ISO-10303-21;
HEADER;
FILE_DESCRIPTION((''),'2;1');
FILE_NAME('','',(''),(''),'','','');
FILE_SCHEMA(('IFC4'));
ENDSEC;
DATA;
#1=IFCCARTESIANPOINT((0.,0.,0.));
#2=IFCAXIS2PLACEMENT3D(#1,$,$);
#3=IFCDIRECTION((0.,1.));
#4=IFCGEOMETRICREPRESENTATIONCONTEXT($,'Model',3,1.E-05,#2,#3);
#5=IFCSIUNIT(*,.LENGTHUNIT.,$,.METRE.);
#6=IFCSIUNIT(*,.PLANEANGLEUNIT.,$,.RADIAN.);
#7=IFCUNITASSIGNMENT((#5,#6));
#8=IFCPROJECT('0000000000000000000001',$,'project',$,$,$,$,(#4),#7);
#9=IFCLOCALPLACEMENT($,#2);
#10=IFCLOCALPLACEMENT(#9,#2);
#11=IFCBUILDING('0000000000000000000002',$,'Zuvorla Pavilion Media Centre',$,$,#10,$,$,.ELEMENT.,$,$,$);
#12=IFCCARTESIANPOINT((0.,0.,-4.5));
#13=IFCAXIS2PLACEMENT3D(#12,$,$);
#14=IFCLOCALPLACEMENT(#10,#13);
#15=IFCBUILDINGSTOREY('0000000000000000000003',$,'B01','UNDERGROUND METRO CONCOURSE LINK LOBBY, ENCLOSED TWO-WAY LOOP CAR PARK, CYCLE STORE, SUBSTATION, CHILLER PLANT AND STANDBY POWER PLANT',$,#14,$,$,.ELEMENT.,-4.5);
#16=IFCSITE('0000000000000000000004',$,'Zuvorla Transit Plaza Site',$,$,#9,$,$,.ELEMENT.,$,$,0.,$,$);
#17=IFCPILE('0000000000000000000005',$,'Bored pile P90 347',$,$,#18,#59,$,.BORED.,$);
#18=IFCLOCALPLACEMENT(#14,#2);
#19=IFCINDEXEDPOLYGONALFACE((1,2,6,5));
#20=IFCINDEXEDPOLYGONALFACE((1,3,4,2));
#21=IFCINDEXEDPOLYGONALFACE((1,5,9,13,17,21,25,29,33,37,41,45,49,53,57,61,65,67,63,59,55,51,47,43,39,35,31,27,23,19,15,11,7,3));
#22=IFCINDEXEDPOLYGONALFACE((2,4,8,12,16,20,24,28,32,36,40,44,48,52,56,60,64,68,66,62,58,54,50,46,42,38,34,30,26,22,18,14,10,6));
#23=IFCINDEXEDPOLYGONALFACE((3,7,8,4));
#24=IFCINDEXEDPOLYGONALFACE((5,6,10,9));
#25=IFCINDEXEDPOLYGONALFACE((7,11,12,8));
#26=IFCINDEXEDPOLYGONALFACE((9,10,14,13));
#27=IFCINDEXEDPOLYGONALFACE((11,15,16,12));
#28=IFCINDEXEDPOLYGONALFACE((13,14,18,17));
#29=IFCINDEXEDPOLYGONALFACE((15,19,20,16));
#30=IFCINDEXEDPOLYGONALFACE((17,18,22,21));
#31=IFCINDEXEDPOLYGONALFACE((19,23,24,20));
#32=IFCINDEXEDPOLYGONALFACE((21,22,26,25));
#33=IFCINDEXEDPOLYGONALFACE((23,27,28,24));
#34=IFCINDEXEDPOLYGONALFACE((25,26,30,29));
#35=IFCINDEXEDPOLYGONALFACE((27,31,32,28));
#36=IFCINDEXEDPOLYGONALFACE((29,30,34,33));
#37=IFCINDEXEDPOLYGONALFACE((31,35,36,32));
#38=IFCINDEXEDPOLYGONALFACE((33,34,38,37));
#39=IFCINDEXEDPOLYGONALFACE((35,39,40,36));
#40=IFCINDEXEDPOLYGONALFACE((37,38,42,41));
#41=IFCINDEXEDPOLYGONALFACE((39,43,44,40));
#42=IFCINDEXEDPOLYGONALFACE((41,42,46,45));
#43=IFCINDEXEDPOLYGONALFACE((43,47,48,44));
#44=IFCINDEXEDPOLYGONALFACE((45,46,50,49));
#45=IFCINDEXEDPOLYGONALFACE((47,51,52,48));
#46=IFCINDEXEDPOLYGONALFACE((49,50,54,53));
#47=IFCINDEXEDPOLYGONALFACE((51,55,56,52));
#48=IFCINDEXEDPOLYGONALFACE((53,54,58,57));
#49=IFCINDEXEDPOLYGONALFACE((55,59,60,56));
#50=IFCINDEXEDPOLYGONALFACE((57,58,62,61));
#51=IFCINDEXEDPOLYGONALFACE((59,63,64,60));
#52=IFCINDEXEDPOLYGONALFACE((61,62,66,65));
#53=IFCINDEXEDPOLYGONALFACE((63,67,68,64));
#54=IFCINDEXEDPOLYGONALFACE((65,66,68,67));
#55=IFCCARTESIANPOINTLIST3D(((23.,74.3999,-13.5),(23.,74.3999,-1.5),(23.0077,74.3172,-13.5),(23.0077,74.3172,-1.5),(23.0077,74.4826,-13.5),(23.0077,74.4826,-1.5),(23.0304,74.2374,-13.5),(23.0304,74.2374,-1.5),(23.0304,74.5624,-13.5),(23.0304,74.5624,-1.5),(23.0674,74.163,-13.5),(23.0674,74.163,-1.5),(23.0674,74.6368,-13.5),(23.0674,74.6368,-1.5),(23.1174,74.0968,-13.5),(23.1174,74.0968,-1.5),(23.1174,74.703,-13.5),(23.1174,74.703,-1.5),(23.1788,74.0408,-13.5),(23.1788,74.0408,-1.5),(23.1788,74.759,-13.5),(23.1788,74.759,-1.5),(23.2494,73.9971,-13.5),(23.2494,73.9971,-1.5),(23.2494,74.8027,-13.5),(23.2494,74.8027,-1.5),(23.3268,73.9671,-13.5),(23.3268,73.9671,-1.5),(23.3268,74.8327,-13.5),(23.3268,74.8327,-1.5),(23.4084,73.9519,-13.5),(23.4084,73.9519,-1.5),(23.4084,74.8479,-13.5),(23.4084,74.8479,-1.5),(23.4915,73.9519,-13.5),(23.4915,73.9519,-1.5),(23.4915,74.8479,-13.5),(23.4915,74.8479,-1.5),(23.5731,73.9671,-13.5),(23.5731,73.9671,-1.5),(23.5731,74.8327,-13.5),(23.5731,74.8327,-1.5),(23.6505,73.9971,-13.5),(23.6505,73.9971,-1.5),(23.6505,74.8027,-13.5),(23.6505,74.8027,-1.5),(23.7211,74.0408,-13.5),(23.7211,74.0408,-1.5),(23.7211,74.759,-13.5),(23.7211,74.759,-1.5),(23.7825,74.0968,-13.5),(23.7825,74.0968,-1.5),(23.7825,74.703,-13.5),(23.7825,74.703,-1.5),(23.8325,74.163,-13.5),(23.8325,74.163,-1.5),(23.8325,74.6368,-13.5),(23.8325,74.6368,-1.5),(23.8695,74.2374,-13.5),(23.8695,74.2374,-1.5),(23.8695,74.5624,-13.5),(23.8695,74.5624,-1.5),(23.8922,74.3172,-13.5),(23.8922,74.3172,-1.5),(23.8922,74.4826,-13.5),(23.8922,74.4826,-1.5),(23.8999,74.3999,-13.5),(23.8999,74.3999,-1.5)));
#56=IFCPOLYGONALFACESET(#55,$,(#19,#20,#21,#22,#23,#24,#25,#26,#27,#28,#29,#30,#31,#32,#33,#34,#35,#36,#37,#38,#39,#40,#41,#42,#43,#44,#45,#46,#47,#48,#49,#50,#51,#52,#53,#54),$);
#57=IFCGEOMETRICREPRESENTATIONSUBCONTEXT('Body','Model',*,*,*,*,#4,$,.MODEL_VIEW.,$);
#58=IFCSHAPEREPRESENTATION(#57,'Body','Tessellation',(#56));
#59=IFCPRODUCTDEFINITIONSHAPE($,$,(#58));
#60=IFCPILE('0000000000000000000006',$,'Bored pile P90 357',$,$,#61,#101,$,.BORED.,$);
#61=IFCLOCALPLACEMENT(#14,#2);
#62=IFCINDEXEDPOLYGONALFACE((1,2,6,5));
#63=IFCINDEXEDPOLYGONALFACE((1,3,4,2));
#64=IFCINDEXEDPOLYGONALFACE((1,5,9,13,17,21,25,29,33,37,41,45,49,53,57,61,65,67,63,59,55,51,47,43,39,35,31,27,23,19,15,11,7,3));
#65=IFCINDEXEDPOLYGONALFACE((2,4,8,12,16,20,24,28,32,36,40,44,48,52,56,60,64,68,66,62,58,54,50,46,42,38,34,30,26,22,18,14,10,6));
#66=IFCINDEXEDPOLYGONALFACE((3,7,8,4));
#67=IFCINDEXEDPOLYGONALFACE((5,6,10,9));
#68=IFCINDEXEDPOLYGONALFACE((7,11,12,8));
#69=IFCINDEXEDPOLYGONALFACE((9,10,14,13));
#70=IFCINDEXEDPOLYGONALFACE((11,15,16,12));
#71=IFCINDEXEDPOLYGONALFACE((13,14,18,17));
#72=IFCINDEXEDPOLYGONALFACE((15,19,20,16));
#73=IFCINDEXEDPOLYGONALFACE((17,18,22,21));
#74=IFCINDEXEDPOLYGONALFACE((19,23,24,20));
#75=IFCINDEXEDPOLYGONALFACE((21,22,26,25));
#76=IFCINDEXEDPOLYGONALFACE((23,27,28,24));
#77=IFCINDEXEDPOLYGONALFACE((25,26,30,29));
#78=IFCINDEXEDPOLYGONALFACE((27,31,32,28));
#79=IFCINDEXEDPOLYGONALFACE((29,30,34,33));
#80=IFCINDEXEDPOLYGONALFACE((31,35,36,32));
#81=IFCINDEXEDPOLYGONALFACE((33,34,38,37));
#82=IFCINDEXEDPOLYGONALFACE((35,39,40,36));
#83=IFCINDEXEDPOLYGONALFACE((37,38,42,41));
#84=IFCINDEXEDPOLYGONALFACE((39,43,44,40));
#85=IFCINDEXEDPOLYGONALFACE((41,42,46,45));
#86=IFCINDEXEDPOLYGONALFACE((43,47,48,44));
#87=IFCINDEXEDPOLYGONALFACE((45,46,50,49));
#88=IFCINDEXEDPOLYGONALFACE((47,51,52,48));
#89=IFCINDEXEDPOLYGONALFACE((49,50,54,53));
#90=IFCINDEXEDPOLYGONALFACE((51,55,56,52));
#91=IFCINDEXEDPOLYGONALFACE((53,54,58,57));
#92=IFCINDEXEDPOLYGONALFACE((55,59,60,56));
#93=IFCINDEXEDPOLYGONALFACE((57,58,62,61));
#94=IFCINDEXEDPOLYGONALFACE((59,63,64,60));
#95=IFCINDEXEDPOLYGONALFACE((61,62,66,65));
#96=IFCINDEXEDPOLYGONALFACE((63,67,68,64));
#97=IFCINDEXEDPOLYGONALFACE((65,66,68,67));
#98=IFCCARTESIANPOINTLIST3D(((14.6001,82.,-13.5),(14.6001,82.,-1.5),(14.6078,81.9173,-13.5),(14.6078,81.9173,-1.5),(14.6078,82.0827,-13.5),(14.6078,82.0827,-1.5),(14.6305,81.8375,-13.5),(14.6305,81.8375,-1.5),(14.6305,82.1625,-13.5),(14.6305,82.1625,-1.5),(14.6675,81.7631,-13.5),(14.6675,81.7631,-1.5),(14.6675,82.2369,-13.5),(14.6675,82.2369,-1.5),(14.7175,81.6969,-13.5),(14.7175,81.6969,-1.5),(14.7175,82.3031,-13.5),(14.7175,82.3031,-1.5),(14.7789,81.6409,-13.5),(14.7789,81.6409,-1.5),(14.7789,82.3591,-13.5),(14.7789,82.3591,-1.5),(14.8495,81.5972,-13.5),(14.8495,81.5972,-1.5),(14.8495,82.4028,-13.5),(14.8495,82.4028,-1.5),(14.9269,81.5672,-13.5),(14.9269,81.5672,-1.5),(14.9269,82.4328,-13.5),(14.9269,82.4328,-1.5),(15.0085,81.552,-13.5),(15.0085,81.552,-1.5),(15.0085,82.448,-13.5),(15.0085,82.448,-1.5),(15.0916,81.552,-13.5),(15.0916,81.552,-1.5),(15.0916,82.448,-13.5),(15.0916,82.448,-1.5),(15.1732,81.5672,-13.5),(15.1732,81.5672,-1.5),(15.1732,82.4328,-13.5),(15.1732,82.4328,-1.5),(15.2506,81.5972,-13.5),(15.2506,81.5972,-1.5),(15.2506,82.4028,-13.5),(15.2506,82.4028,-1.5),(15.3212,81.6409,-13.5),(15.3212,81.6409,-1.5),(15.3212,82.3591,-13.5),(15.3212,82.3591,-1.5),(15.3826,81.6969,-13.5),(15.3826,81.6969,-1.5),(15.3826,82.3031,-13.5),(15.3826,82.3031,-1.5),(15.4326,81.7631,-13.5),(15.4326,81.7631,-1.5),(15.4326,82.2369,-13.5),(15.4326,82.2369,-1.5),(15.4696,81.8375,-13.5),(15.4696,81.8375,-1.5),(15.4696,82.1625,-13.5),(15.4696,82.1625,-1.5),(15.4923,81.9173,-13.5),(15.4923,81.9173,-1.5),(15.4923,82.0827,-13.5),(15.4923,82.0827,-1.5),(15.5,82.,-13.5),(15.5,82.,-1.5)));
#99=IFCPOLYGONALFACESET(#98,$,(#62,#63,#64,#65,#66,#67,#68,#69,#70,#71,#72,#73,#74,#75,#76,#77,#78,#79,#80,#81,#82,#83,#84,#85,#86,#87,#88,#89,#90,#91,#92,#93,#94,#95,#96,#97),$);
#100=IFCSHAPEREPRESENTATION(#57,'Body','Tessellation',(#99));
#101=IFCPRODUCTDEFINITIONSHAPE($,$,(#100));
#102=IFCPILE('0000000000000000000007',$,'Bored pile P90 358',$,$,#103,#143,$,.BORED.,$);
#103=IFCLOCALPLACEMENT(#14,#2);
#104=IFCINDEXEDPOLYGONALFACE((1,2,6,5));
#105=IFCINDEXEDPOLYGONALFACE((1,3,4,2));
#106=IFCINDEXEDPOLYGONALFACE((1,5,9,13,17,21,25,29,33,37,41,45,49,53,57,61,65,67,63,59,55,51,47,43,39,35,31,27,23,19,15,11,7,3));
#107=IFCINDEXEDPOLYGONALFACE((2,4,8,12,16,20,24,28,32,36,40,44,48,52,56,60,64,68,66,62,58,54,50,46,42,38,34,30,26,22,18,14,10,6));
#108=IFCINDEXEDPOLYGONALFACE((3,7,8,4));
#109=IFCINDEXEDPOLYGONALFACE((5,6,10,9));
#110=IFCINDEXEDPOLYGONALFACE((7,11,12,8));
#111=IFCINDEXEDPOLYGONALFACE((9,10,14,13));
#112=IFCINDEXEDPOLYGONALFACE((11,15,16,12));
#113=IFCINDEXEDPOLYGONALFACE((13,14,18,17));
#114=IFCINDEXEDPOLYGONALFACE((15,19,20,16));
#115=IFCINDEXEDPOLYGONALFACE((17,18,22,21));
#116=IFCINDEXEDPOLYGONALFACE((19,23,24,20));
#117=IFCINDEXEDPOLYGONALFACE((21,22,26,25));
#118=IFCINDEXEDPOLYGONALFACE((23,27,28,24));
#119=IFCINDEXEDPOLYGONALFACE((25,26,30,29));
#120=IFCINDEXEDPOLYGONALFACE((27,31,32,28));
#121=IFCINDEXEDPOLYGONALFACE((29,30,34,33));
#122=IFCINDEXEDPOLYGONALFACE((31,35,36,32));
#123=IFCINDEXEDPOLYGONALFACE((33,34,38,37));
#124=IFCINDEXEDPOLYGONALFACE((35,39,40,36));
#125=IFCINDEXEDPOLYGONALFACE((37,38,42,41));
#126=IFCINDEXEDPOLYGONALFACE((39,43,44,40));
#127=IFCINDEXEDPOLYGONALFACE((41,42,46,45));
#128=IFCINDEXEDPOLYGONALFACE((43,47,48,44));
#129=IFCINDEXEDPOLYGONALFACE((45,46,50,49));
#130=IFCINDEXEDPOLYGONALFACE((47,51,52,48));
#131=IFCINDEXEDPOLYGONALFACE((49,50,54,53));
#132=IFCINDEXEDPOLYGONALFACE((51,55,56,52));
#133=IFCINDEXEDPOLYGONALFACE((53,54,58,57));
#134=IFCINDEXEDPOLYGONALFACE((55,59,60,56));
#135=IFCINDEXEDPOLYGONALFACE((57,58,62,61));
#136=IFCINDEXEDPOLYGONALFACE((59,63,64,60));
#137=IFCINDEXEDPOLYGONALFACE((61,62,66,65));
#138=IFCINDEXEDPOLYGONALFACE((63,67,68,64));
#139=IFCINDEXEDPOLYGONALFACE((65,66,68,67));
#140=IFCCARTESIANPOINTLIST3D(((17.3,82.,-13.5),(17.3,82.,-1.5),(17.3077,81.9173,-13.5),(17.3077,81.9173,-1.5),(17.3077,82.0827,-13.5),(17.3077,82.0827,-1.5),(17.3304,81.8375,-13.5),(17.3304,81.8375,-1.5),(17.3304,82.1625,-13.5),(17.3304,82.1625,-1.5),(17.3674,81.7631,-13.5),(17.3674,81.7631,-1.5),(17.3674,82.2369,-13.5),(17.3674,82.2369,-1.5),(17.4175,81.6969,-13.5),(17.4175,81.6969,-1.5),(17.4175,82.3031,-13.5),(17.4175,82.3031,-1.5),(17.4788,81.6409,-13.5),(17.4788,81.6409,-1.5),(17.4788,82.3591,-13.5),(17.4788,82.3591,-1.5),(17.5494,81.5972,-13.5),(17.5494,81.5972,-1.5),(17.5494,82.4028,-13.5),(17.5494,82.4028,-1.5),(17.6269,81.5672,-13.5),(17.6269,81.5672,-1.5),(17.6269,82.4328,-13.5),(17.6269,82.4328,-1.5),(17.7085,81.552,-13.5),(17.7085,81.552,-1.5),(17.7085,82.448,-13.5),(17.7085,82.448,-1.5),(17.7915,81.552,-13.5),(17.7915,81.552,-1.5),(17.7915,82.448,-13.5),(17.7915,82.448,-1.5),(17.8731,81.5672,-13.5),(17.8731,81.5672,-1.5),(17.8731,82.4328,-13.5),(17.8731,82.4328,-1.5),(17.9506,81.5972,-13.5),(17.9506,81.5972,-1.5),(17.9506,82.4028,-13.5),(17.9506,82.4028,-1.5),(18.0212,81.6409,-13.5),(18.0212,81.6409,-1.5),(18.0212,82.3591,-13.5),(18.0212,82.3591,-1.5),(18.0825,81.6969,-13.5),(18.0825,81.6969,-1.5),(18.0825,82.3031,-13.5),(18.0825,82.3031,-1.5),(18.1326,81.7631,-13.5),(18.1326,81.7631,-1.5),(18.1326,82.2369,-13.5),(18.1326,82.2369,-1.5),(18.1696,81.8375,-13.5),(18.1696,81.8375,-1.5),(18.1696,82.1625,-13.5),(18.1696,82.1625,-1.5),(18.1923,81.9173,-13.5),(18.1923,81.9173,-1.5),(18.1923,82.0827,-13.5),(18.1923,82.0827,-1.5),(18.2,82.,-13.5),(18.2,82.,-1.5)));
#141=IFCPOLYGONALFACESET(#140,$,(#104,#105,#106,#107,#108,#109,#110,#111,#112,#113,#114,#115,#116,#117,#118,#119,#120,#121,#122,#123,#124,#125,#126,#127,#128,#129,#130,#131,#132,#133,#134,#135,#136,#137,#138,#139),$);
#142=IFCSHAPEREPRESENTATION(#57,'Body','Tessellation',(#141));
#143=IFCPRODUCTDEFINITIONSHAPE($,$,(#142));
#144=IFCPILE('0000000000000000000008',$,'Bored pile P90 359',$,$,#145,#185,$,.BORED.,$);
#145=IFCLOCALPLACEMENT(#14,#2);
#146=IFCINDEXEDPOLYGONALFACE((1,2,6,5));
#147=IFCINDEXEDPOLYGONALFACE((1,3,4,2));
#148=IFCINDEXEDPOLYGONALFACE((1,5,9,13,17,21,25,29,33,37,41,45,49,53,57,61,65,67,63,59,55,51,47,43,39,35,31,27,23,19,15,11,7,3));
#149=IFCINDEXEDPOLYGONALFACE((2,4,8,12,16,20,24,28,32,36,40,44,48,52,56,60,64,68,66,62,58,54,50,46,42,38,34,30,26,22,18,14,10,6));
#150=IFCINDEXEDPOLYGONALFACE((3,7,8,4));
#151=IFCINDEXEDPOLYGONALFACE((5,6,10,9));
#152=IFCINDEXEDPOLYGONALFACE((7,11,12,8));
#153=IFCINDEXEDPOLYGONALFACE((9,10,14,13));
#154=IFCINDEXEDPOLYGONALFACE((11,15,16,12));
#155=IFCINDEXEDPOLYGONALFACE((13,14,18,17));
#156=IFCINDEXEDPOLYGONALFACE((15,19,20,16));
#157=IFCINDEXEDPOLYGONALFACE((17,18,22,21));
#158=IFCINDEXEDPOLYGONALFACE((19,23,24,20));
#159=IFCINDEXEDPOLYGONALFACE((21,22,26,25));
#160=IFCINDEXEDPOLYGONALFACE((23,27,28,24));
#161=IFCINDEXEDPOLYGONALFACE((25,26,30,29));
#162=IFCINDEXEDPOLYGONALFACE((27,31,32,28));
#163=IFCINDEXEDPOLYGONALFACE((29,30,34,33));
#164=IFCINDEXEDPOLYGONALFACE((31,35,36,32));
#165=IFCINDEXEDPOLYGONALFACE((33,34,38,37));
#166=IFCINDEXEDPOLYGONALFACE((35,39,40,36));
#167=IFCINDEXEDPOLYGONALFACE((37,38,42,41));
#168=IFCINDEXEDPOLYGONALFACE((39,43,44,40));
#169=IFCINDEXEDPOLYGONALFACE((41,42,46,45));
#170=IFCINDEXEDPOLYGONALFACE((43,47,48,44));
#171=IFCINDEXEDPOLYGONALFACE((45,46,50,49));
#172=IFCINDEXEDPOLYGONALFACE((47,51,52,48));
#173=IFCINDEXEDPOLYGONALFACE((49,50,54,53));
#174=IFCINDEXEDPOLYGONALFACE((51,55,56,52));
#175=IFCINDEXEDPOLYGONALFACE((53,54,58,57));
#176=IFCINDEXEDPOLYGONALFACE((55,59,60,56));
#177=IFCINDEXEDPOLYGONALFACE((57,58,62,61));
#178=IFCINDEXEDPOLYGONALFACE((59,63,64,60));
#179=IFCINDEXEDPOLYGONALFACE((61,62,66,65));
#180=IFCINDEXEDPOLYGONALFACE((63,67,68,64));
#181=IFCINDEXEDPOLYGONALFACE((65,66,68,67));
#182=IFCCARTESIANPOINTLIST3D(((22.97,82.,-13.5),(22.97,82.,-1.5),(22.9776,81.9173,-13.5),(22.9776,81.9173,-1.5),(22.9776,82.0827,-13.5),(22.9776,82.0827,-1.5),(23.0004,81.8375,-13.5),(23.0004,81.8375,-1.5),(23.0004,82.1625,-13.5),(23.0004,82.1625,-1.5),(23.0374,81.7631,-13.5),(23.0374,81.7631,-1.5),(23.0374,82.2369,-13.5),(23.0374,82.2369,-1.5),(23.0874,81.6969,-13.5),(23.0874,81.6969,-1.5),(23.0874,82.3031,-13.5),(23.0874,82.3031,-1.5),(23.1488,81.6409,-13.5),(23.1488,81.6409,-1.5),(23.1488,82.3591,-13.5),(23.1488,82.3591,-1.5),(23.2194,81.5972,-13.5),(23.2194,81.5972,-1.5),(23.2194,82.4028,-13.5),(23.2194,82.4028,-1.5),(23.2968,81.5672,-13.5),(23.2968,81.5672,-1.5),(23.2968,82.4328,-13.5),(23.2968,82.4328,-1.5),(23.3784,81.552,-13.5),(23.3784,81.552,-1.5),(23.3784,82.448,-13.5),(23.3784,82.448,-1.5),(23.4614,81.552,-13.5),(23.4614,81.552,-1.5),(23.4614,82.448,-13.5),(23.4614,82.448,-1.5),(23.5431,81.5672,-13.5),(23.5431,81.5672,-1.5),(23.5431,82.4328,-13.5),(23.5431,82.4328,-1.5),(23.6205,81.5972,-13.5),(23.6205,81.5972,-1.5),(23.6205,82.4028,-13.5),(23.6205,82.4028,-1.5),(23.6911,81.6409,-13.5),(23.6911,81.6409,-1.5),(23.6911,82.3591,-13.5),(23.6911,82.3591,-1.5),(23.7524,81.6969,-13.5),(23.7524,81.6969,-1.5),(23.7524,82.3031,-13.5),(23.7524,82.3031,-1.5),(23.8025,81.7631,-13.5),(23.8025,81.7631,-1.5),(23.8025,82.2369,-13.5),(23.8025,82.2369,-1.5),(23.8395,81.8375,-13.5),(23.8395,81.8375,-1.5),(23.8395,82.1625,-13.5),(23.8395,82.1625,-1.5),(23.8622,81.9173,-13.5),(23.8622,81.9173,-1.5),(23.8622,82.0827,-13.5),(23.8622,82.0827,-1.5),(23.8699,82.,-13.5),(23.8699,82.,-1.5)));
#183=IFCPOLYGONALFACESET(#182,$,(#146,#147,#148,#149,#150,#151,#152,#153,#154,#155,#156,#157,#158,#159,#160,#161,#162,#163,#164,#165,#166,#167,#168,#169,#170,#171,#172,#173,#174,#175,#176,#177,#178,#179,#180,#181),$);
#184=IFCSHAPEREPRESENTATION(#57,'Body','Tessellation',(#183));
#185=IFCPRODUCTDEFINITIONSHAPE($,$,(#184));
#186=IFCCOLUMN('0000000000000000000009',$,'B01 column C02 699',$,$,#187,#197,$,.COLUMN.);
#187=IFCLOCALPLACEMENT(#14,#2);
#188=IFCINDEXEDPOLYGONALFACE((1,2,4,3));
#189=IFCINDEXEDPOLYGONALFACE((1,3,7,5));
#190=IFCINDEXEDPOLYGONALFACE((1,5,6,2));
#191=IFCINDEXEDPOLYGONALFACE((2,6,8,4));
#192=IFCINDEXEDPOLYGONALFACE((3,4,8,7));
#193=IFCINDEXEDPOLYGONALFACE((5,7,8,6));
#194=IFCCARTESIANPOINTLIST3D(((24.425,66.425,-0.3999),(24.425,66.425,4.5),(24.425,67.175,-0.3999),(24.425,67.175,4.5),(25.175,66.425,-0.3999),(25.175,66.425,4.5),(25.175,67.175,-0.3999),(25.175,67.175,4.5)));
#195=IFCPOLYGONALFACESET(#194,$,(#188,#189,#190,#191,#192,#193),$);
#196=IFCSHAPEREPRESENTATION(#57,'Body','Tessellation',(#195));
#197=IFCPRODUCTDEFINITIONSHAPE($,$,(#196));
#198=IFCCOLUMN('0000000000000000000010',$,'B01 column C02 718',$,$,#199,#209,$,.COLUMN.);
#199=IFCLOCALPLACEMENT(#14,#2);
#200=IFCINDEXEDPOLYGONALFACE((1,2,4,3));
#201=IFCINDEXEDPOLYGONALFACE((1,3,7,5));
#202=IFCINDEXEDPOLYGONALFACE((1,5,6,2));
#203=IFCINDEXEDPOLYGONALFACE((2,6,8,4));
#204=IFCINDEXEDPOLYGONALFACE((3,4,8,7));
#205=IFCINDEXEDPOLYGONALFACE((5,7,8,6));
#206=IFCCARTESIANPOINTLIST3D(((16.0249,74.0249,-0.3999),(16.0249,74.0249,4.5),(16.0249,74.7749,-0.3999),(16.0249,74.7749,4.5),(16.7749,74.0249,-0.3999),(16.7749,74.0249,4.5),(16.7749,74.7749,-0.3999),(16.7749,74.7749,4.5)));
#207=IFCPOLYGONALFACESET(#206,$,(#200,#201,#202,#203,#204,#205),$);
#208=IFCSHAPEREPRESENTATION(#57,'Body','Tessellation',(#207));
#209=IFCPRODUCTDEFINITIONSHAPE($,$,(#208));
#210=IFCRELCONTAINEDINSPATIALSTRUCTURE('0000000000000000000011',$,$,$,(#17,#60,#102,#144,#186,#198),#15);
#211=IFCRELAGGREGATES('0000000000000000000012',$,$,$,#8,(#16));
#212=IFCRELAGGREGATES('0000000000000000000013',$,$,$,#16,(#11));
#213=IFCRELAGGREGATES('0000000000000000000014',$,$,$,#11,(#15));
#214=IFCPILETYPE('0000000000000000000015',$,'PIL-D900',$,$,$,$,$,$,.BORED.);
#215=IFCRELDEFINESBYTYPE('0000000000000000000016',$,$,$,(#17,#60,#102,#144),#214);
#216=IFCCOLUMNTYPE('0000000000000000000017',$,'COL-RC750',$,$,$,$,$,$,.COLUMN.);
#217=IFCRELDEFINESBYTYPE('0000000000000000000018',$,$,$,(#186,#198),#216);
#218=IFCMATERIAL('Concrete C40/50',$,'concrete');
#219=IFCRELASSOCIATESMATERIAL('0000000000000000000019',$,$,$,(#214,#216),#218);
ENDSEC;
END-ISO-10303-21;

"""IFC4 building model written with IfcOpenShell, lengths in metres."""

from ifc_helpers import new_model, si_unit, direction, frame, origin, origin_2d, place, context, subcontext, project, spatial, rectangle, circle, extrude, material, material_profile, profile_set, type_object, element, save


model = new_model("IFC4")

# Units and contexts
model_context = context("Model", 3, precision=1e-05, world=origin(), true_north=direction((0.0, 1.0)))
body_context = subcontext(model_context, "Body", "Model", "MODEL_VIEW")
ifc_project = project(units=[si_unit("LENGTHUNIT", "METRE"), si_unit("PLANEANGLEUNIT", "RADIAN")], contexts=[model_context])

# Site, building, storey
site_placement = place(None, origin())
site = spatial("IfcSite", under=ifc_project, at=site_placement, Name="Zuvorla Transit Plaza Site", CompositionType="ELEMENT", RefElevation=0.0)
building_placement = place(site_placement, origin())
building = spatial("IfcBuilding", under=site, at=building_placement, Name="Zuvorla Pavilion Media Centre", CompositionType="ELEMENT")
storey_placement = place(building_placement, frame((0.0, 0.0, -4.5)))
storey = spatial("IfcBuildingStorey", under=building, at=storey_placement, Name="B01", Description="UNDERGROUND METRO CONCOURSE LINK LOBBY, ENCLOSED TWO-WAY LOOP CAR PARK, CYCLE STORE, SUBSTATION, CHILLER PLANT AND STANDBY POWER PLANT", CompositionType="ELEMENT", Elevation=-4.5)

# Shared definitions
ifc_material_1 = material(Name="Concrete C40/50", Category="concrete")

# Piles
ifc_material_profile_1 = material_profile(ifc_material_1, circle(Radius=0.45, at=origin_2d()), Name="BORED PILE 900")
ifc_profile_set_1 = profile_set([ifc_material_profile_1], Name="Concrete C40/50")
pile_type = type_object("IfcPileType", Name="PIL-D900", PredefinedType="BORED", material=ifc_profile_set_1)
for number, where, z_axis, x_axis, name in (
    (1, (23.45, 74.3999, -1.5), (0.0, 0.0, -1.0), (1.0, 0.0, 0.0), "Bored pile P90 347"),
    (2, (15.05, 82.0, -1.5), (0.0, 0.0, -1.0), (1.0, 0.0, 0.0), "Bored pile P90 357"),
    (3, (17.75, 82.0, -1.5), (0.0, 0.0, -1.0), (1.0, 0.0, 0.0), "Bored pile P90 358"),
    (4, (23.4199, 82.0, -1.5), (0.0, 0.0, -1.0), (1.0, 0.0, 0.0), "Bored pile P90 359"),
):
    element("IfcPile", number, at=place(storey_placement, frame(where, z_axis=z_axis, x_axis=x_axis)), inside=storey, type_object=pile_type, Name=name, PredefinedType="BORED", context=body_context, shape_type="SweptSolid", body=[
        extrude(circle(Radius=0.45, at=origin_2d()), origin(), (0.0, 0.0, 1.0), 12.0),
    ])

# Columns
ifc_material_profile_2 = material_profile(ifc_material_1, rectangle(XDim=0.75, YDim=0.75, at=origin_2d()), Name="RC 750x750")
ifc_profile_set_2 = profile_set([ifc_material_profile_2], Name="Concrete C40/50")
column_type = type_object("IfcColumnType", Name="COL-RC750", PredefinedType="COLUMN", material=ifc_profile_set_2)
for number, where, z_axis, x_axis, name in (
    (5, (24.8, 66.8, -0.3999), (0.0, 0.0, 1.0), (1.0, 0.0, 0.0), "B01 column C02 699"),
    (6, (16.3999, 74.3999, -0.3999), (0.0, 0.0, 1.0), (1.0, 0.0, 0.0), "B01 column C02 718"),
):
    element("IfcColumn", number, at=place(storey_placement, frame(where, z_axis=z_axis, x_axis=x_axis)), inside=storey, type_object=column_type, Name=name, PredefinedType="COLUMN", context=body_context, shape_type="SweptSolid", body=[
        extrude(rectangle(XDim=0.75, YDim=0.75, at=origin_2d()), origin(), (0.0, 0.0, 1.0), 4.8999),
    ])

save(model, "model.ifc")
